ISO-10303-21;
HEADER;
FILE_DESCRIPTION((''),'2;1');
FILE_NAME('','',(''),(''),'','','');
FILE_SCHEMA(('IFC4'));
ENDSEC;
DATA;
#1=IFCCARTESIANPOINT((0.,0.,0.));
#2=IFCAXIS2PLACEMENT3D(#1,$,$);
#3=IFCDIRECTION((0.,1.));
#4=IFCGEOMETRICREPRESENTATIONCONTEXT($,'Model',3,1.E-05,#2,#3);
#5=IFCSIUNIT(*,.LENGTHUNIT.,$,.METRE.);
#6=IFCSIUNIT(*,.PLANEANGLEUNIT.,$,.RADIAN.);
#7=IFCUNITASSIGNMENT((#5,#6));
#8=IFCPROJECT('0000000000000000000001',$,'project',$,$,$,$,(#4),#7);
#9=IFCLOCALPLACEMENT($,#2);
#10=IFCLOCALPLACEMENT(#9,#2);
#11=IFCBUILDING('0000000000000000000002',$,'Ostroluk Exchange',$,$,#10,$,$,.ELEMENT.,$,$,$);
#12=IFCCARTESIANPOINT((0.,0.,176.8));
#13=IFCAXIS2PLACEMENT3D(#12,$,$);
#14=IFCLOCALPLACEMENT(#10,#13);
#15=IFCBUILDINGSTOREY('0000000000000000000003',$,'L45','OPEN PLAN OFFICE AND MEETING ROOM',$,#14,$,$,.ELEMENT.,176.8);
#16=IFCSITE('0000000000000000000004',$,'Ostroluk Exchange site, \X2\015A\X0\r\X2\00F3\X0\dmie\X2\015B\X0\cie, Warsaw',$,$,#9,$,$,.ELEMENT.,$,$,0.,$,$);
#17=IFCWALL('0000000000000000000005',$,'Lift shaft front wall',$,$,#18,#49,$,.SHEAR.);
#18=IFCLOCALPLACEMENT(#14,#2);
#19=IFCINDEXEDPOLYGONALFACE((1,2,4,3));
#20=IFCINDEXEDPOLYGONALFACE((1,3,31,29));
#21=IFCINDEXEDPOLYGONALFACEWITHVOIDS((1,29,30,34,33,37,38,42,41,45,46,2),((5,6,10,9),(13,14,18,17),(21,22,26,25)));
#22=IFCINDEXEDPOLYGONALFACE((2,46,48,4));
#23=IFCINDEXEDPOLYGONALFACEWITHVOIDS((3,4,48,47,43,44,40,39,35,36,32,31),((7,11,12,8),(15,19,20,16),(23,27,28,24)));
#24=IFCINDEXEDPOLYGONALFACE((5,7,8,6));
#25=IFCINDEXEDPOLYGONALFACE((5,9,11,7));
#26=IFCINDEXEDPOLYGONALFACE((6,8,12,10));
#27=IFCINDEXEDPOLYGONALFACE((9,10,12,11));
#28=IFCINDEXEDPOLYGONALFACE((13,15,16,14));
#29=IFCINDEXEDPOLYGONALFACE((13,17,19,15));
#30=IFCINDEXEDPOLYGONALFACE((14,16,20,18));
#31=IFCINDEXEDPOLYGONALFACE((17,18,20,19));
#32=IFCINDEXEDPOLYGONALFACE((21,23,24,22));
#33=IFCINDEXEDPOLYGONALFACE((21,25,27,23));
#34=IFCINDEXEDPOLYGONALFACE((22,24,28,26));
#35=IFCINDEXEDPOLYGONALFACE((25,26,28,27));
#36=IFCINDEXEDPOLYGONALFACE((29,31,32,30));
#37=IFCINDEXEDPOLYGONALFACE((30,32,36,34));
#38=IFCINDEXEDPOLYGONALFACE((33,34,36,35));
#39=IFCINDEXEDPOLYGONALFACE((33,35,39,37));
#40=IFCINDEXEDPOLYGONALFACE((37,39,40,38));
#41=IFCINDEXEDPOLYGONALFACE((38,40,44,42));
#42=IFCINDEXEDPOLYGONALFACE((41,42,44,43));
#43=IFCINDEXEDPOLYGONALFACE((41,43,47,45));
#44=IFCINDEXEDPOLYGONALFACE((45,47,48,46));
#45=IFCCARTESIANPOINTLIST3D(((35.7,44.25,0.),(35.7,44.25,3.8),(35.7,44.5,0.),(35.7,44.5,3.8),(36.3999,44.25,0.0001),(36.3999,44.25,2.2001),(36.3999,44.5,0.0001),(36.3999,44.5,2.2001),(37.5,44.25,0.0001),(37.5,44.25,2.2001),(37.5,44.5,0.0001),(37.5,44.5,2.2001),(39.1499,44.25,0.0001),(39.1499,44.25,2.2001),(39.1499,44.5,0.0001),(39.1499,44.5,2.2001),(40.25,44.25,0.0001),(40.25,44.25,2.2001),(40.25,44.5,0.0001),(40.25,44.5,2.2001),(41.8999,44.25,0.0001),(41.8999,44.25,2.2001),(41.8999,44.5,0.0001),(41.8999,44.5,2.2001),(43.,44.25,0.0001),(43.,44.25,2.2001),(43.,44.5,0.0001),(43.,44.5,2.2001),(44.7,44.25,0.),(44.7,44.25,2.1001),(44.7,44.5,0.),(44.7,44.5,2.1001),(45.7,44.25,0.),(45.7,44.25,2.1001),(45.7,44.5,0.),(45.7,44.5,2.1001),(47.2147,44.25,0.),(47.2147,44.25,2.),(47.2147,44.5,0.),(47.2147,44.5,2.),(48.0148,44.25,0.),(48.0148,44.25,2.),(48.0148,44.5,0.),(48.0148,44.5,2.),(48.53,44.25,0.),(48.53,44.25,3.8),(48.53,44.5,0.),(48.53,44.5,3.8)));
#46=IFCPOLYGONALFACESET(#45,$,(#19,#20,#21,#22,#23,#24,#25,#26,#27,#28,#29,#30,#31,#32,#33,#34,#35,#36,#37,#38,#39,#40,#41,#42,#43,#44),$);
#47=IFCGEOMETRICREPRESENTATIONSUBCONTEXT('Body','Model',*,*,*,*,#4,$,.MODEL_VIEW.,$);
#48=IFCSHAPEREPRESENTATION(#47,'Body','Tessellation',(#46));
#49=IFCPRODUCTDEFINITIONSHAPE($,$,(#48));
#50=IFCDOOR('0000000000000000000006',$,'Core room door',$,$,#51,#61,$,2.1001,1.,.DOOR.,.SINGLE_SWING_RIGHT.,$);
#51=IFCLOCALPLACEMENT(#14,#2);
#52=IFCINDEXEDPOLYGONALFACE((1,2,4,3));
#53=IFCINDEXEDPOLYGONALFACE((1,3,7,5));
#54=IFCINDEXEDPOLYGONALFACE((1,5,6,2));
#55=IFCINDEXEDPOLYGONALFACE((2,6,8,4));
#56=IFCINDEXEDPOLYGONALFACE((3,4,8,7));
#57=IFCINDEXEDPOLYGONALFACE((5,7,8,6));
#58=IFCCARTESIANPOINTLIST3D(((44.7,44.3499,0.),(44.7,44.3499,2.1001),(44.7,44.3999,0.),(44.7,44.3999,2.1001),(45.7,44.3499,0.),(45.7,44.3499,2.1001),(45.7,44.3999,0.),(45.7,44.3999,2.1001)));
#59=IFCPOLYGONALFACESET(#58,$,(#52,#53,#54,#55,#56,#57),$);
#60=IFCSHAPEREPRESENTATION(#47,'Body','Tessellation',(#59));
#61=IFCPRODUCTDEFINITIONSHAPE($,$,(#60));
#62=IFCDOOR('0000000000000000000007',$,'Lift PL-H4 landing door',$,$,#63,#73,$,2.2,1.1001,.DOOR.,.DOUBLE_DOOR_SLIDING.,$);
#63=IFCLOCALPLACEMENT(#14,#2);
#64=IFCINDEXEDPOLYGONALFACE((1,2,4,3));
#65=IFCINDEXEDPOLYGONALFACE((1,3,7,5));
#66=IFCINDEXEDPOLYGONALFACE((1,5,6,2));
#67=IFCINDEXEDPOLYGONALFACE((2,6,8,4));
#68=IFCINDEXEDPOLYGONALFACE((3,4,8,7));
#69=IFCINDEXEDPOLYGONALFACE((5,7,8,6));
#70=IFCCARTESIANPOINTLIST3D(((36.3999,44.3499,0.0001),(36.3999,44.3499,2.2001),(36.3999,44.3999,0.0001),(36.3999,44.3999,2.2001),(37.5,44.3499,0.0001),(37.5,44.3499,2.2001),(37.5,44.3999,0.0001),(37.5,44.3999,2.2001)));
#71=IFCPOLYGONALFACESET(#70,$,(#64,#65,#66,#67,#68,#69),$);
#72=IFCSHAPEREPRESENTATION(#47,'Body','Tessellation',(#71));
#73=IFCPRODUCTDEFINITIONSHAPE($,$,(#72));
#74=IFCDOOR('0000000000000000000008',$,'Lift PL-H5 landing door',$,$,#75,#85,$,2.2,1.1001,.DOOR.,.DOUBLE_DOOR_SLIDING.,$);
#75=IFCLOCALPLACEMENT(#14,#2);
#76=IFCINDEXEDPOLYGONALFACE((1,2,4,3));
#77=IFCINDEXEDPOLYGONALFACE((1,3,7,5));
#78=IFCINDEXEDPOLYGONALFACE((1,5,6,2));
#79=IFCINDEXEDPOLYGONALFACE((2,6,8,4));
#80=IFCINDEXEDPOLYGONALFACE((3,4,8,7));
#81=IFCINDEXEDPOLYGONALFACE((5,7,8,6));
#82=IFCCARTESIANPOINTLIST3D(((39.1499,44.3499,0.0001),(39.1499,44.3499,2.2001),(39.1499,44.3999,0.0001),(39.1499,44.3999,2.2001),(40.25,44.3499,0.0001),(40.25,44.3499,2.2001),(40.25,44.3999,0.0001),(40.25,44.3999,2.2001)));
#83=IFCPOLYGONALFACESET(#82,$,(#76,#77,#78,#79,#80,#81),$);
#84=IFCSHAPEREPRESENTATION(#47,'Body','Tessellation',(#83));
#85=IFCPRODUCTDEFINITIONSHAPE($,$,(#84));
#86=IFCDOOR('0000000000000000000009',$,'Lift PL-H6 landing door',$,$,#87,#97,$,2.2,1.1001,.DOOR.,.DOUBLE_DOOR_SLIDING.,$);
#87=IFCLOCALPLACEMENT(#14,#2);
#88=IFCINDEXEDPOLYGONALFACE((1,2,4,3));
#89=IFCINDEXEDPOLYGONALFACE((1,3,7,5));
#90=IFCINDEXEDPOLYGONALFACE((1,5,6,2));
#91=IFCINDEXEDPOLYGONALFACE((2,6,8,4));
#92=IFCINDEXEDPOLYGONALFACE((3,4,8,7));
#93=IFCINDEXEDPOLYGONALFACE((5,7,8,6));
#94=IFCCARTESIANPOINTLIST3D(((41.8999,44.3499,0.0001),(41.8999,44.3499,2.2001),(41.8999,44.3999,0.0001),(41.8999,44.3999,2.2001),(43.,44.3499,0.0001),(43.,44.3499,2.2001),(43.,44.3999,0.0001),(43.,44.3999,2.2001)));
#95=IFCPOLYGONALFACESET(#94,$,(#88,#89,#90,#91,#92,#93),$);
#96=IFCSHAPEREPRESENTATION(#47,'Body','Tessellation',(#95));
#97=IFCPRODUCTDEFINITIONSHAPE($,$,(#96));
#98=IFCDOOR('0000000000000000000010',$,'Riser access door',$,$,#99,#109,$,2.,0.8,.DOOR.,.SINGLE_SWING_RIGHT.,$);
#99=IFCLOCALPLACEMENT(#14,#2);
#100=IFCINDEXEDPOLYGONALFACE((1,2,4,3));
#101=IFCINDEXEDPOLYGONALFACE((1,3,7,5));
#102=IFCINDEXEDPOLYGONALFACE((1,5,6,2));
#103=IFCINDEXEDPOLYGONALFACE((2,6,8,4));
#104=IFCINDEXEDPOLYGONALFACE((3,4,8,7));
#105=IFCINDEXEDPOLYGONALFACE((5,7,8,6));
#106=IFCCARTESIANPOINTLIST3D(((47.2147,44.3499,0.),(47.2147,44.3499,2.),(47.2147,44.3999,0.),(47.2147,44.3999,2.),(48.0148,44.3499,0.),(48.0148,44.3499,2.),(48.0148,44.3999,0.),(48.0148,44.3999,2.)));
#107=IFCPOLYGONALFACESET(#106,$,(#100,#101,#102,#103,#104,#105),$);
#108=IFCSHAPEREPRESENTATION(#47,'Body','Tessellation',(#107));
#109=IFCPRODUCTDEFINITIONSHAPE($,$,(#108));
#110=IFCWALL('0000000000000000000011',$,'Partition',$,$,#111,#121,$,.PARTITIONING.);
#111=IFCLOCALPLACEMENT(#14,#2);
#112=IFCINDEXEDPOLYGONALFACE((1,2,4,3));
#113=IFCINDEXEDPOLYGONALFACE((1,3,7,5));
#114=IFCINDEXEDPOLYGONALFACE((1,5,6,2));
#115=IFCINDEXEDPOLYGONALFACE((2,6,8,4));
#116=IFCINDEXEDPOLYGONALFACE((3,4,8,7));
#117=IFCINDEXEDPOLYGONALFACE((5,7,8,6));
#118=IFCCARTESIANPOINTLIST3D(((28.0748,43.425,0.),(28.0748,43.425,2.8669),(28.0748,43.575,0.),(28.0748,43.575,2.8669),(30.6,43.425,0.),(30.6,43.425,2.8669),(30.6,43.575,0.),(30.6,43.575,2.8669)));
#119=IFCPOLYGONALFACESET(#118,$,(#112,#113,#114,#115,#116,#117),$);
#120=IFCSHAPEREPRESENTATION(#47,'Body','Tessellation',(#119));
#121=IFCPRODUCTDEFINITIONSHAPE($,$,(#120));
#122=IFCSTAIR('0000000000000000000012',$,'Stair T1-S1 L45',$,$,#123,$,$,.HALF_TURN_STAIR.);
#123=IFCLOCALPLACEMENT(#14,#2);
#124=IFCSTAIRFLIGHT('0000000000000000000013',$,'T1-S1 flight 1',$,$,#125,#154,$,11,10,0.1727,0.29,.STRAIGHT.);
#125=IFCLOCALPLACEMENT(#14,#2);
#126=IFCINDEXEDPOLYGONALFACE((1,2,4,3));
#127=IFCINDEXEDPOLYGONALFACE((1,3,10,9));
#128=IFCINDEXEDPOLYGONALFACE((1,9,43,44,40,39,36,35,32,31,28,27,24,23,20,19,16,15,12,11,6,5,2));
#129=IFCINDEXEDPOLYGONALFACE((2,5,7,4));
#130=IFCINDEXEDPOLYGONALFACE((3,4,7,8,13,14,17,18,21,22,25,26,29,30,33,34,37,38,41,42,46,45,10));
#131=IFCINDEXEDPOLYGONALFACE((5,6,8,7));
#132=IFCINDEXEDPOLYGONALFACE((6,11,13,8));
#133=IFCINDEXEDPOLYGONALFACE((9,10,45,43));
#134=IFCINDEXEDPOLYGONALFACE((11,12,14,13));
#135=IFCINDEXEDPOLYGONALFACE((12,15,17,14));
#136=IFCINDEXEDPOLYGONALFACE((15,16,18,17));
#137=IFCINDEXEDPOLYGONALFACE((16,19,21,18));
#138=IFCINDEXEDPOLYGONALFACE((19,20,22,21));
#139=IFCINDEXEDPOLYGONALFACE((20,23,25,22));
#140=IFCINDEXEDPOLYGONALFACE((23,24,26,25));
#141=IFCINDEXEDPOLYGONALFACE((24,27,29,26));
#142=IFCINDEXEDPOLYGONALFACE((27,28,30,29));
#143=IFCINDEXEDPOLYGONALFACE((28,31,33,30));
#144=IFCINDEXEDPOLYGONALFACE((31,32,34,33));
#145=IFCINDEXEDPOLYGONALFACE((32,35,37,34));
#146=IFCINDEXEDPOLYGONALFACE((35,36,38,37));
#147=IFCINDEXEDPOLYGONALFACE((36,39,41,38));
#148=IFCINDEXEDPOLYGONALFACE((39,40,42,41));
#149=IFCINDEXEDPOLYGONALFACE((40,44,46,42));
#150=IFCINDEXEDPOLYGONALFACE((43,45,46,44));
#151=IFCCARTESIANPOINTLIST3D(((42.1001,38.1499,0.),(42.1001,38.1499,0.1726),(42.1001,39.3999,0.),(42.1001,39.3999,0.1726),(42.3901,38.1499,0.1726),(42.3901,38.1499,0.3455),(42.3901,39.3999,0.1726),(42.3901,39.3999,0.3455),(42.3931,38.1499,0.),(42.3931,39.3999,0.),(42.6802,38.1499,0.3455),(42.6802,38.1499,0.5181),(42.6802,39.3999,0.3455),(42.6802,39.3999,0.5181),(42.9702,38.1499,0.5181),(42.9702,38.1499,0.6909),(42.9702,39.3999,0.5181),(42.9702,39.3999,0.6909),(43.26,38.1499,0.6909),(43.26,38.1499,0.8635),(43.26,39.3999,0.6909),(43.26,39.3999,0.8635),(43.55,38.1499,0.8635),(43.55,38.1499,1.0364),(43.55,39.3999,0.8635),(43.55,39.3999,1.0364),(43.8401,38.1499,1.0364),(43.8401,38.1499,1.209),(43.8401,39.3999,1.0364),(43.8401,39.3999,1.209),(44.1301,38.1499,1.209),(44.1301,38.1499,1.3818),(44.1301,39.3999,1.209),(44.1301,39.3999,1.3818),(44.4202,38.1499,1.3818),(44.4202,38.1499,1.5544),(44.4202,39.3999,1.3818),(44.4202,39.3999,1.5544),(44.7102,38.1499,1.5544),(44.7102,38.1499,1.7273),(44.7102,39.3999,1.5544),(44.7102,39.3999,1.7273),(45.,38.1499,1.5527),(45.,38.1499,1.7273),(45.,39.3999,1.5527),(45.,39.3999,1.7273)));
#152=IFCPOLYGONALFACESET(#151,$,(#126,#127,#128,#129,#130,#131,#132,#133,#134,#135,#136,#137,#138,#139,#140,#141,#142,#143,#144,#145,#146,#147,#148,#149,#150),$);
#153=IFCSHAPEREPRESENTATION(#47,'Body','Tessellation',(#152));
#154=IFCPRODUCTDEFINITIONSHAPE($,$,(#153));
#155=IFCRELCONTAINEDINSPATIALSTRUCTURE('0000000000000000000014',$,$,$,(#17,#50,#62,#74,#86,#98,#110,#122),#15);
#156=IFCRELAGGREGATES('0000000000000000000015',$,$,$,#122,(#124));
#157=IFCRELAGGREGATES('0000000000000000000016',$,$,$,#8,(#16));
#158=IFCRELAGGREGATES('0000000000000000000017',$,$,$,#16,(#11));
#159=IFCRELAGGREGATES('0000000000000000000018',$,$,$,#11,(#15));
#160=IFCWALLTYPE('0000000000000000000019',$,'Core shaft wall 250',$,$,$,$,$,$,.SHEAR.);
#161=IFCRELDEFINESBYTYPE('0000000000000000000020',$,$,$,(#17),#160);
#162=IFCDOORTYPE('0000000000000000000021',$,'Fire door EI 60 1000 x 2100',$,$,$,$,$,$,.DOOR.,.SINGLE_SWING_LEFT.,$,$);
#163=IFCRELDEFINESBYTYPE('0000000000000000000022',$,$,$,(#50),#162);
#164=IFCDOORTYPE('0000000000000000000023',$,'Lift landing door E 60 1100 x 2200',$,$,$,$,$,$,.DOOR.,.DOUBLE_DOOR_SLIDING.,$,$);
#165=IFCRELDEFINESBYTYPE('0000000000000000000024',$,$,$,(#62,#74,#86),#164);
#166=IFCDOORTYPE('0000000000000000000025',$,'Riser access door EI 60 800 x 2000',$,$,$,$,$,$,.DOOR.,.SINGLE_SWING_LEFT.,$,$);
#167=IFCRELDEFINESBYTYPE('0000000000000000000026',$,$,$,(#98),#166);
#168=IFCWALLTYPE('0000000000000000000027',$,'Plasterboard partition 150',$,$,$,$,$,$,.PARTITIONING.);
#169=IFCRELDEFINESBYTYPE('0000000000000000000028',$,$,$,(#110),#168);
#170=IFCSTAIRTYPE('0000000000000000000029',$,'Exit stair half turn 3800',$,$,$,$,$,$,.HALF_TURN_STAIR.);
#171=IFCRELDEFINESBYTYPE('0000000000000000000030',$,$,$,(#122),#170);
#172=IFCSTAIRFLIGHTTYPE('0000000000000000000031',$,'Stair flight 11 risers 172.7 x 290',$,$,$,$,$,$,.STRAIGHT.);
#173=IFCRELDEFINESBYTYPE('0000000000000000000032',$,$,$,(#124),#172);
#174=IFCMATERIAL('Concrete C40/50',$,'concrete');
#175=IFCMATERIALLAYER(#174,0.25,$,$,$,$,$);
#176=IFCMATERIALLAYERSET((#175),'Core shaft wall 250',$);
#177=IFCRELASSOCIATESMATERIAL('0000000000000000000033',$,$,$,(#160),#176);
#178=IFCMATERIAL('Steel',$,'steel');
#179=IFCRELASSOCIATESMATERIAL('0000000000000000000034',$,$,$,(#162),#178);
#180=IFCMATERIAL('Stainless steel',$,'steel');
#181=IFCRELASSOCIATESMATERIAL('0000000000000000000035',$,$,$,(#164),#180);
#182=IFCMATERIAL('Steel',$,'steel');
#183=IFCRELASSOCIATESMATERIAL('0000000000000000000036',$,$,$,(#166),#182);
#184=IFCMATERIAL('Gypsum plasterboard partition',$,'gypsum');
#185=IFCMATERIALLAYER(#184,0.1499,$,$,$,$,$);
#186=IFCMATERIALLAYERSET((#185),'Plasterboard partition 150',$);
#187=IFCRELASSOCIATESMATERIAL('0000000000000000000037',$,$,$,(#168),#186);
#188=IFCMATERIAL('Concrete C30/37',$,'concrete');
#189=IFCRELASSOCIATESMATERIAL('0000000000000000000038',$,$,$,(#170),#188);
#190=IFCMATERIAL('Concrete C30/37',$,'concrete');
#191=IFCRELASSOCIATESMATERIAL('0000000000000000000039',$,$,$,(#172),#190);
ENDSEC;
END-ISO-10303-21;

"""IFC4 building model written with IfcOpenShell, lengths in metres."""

from ifc_helpers import new_model, si_unit, direction, frame, frame_2d, origin, place, context, subcontext, project, spatial, polyline, rectangle, outline, extrude, material, layer, layer_set, type_object, element, fill, aggregate, save


model = new_model("IFC4")

# Units and contexts
model_context = context("Model", 3, precision=1e-05, world=origin(), true_north=direction((0.0, 1.0)))
body_context = subcontext(model_context, "Body", "Model", "MODEL_VIEW")
ifc_project = project(units=[si_unit("LENGTHUNIT", "METRE"), si_unit("PLANEANGLEUNIT", "RADIAN")], contexts=[model_context])

# Site, building, storey
site_placement = place(None, origin())
site = spatial("IfcSite", under=ifc_project, at=site_placement, Name="Ostroluk Exchange site, Śródmieście, Warsaw", CompositionType="ELEMENT", RefElevation=0.0)
building_placement = place(site_placement, origin())
building = spatial("IfcBuilding", under=site, at=building_placement, Name="Ostroluk Exchange", CompositionType="ELEMENT")
storey_placement = place(building_placement, frame((0.0, 0.0, 176.8)))
storey = spatial("IfcBuildingStorey", under=building, at=storey_placement, Name="L45", Description="OPEN PLAN OFFICE AND MEETING ROOM", CompositionType="ELEMENT", Elevation=176.8)

# Shared definitions
ifc_material_1 = material(Name="Concrete C40/50", Category="concrete")
ifc_layer_1 = layer(ifc_material_1, 0.25)
ifc_layer_set_1 = layer_set([ifc_layer_1], Name="Core shaft wall 250")
wall_type_1 = type_object("IfcWallType", Name="Core shaft wall 250", PredefinedType="SHEAR", material=ifc_layer_set_1)

# Wall, openings, doors
wall_1_placement = place(storey_placement, frame((35.7, 44.375, 0.0), z_axis=(0.0, 0.0, 1.0), x_axis=(1.0, 0.0, 0.0)))
wall_1 = element("IfcWall", 1, at=wall_1_placement, inside=storey, type_object=wall_type_1, Name="Lift shaft front wall", PredefinedType="SHEAR", context=body_context, shape_type="SweptSolid", body=[
    extrude(rectangle(XDim=12.8301, YDim=0.25, at=frame_2d((6.415, 0.0))), origin(), (0.0, 0.0, 1.0), 3.8),
])
opening_1_placement = place(wall_1_placement, frame((0.7, 0.0, 0.0)))
opening_1 = element("IfcOpeningElement", 2, at=opening_1_placement, cuts=wall_1, PredefinedType="OPENING", context=body_context, shape_type="SweptSolid", body=[
    extrude(rectangle(XDim=1.1001, YDim=2.2, at=frame_2d((0.55, 1.1001))), frame((0.0, 0.135, 0.0), z_axis=(0.0, -1.0, 0.0), x_axis=(1.0, 0.0, 0.0)), (0.0, 0.0, 1.0), 0.27),
])
opening_2_placement = place(wall_1_placement, frame((3.45, 0.0, 0.0)))
opening_2 = element("IfcOpeningElement", 3, at=opening_2_placement, cuts=wall_1, PredefinedType="OPENING", context=body_context, shape_type="SweptSolid", body=[
    extrude(rectangle(XDim=1.1001, YDim=2.2, at=frame_2d((0.55, 1.1001))), frame((0.0, 0.135, 0.0), z_axis=(0.0, -1.0, 0.0), x_axis=(1.0, 0.0, 0.0)), (0.0, 0.0, 1.0), 0.27),
])
opening_3_placement = place(wall_1_placement, frame((6.2, 0.0, 0.0)))
opening_3 = element("IfcOpeningElement", 4, at=opening_3_placement, cuts=wall_1, PredefinedType="OPENING", context=body_context, shape_type="SweptSolid", body=[
    extrude(rectangle(XDim=1.1001, YDim=2.2, at=frame_2d((0.55, 1.1001))), frame((0.0, 0.135, 0.0), z_axis=(0.0, -1.0, 0.0), x_axis=(1.0, 0.0, 0.0)), (0.0, 0.0, 1.0), 0.27),
])
opening_4_placement = place(wall_1_placement, frame((9.0, 0.0, 0.0)))
opening_4 = element("IfcOpeningElement", 5, at=opening_4_placement, cuts=wall_1, PredefinedType="OPENING", context=body_context, shape_type="SweptSolid", body=[
    extrude(rectangle(XDim=1.0, YDim=2.1001, at=frame_2d((0.5, 1.05))), frame((0.0, 0.135, 0.0), z_axis=(0.0, -1.0, 0.0), x_axis=(1.0, 0.0, 0.0)), (0.0, 0.0, 1.0), 0.27),
])
opening_5_placement = place(wall_1_placement, frame((11.5149, 0.0, 0.0)))
opening_5 = element("IfcOpeningElement", 6, at=opening_5_placement, cuts=wall_1, PredefinedType="OPENING", context=body_context, shape_type="SweptSolid", body=[
    extrude(rectangle(XDim=0.8, YDim=2.0, at=frame_2d((0.3999, 1.0))), frame((0.0, 0.135, 0.0), z_axis=(0.0, -1.0, 0.0), x_axis=(1.0, 0.0, 0.0)), (0.0, 0.0, 1.0), 0.27),
])
ifc_material_2 = material(Name="Steel", Category="steel")
door_type_1 = type_object("IfcDoorType", Name="Fire door EI 60 1000 x 2100", OperationType="SINGLE_SWING_LEFT", PredefinedType="DOOR", material=ifc_material_2)
door_1_placement = place(opening_4_placement, origin())
door_1 = element("IfcDoor", 7, at=door_1_placement, inside=storey, type_object=door_type_1, Name="Core room door", OperationType="SINGLE_SWING_RIGHT", OverallHeight=2.1001, OverallWidth=1.0, PredefinedType="DOOR", context=body_context, shape_type="SweptSolid", body=[
    extrude(rectangle(XDim=1.0, YDim=2.1001, at=frame_2d((0.5, 1.05))), frame((0.0, 0.0249, 0.0), z_axis=(0.0, -1.0, 0.0), x_axis=(1.0, 0.0, 0.0)), (0.0, 0.0, 1.0), 0.05),
])
fill(opening_4, door_1)
ifc_material_3 = material(Name="Stainless steel", Category="steel")
door_type_2 = type_object("IfcDoorType", Name="Lift landing door E 60 1100 x 2200", OperationType="DOUBLE_DOOR_SLIDING", PredefinedType="DOOR", material=ifc_material_3)
door_2_placement = place(opening_1_placement, origin())
door_2 = element("IfcDoor", 8, at=door_2_placement, inside=storey, type_object=door_type_2, Name="Lift PL-H4 landing door", OperationType="DOUBLE_DOOR_SLIDING", OverallHeight=2.2, OverallWidth=1.1001, PredefinedType="DOOR", context=body_context, shape_type="SweptSolid", body=[
    extrude(rectangle(XDim=1.1001, YDim=2.2, at=frame_2d((0.55, 1.1001))), frame((0.0, 0.0249, 0.0), z_axis=(0.0, -1.0, 0.0), x_axis=(1.0, 0.0, 0.0)), (0.0, 0.0, 1.0), 0.05),
])
fill(opening_1, door_2)
door_3_placement = place(opening_2_placement, origin())
door_3 = element("IfcDoor", 9, at=door_3_placement, inside=storey, type_object=door_type_2, Name="Lift PL-H5 landing door", OperationType="DOUBLE_DOOR_SLIDING", OverallHeight=2.2, OverallWidth=1.1001, PredefinedType="DOOR", context=body_context, shape_type="SweptSolid", body=[
    extrude(rectangle(XDim=1.1001, YDim=2.2, at=frame_2d((0.55, 1.1001))), frame((0.0, 0.0249, 0.0), z_axis=(0.0, -1.0, 0.0), x_axis=(1.0, 0.0, 0.0)), (0.0, 0.0, 1.0), 0.05),
])
fill(opening_2, door_3)
door_4_placement = place(opening_3_placement, origin())
door_4 = element("IfcDoor", 10, at=door_4_placement, inside=storey, type_object=door_type_2, Name="Lift PL-H6 landing door", OperationType="DOUBLE_DOOR_SLIDING", OverallHeight=2.2, OverallWidth=1.1001, PredefinedType="DOOR", context=body_context, shape_type="SweptSolid", body=[
    extrude(rectangle(XDim=1.1001, YDim=2.2, at=frame_2d((0.55, 1.1001))), frame((0.0, 0.0249, 0.0), z_axis=(0.0, -1.0, 0.0), x_axis=(1.0, 0.0, 0.0)), (0.0, 0.0, 1.0), 0.05),
])
fill(opening_3, door_4)
ifc_material_4 = material(Name="Steel", Category="steel")
door_type_3 = type_object("IfcDoorType", Name="Riser access door EI 60 800 x 2000", OperationType="SINGLE_SWING_LEFT", PredefinedType="DOOR", material=ifc_material_4)
door_5_placement = place(opening_5_placement, origin())
door_5 = element("IfcDoor", 11, at=door_5_placement, inside=storey, type_object=door_type_3, Name="Riser access door", OperationType="SINGLE_SWING_RIGHT", OverallHeight=2.0, OverallWidth=0.8, PredefinedType="DOOR", context=body_context, shape_type="SweptSolid", body=[
    extrude(rectangle(XDim=0.8, YDim=2.0, at=frame_2d((0.3999, 1.0))), frame((0.0, 0.0249, 0.0), z_axis=(0.0, -1.0, 0.0), x_axis=(1.0, 0.0, 0.0)), (0.0, 0.0, 1.0), 0.05),
])
fill(opening_5, door_5)

# Wall
ifc_material_5 = material(Name="Gypsum plasterboard partition", Category="gypsum")
ifc_layer_2 = layer(ifc_material_5, 0.1499)
ifc_layer_set_2 = layer_set([ifc_layer_2], Name="Plasterboard partition 150")
wall_type_2 = type_object("IfcWallType", Name="Plasterboard partition 150", PredefinedType="PARTITIONING", material=ifc_layer_set_2)
wall_2_placement = place(storey_placement, frame((30.6001, 43.5, 0.0), z_axis=(0.0, 0.0, 1.0), x_axis=(-1.0, 0.0, 0.0)))
element("IfcWall", 12, at=wall_2_placement, inside=storey, type_object=wall_type_2, Name="Partition", PredefinedType="PARTITIONING", context=body_context, shape_type="SweptSolid", body=[
    extrude(rectangle(XDim=2.5251, YDim=0.1499, at=frame_2d((1.2627, 0.0))), origin(), (0.0, 0.0, 1.0), 2.8669),
])

# Stair, stair flight
ifc_material_6 = material(Name="Concrete C30/37", Category="concrete")
stair_type = type_object("IfcStairType", Name="Exit stair half turn 3800", PredefinedType="HALF_TURN_STAIR", material=ifc_material_6)
stair_placement = place(storey_placement, origin())
stair = element("IfcStair", 13, at=stair_placement, inside=storey, type_object=stair_type, Name="Stair T1-S1 L45", PredefinedType="HALF_TURN_STAIR")
ifc_material_7 = material(Name="Concrete C30/37", Category="concrete")
stair_flight_type = type_object("IfcStairFlightType", Name="Stair flight 11 risers 172.7 x 290", PredefinedType="STRAIGHT", material=ifc_material_7)
stair_flight_placement = place(storey_placement, frame((42.1001, 38.7749, 0.0), z_axis=(0.0, 0.0, 1.0), x_axis=(1.0, 0.0, 0.0)))
stair_flight = element("IfcStairFlight", 14, at=stair_flight_placement, type_object=stair_flight_type, Name="T1-S1 flight 1", NumberOfRisers=11, NumberOfTreads=10, PredefinedType="STRAIGHT", RiserHeight=0.1727, TreadLength=0.29, context=body_context, shape_type="SweptSolid", body=[
    extrude(outline(polyline([(0.0, 0.0), (0.0, 0.1726), (0.29, 0.1726), (0.29, 0.3455), (0.5801, 0.3455), (0.5801, 0.5181), (0.8701, 0.5181), (0.8701, 0.6909), (1.1599, 0.6909), (1.1599, 0.8635), (1.45, 0.8635), (1.45, 1.0364), (1.74, 1.0364), (1.74, 1.209), (2.03, 1.209), (2.03, 1.3818), (2.3201, 1.3818), (2.3201, 1.5544), (2.6101, 1.5544), (2.6101, 1.7273), (2.8999, 1.7273), (2.8999, 1.8999), (2.8999, 1.5527), (0.293, 0.0), (0.0, 0.0)])), frame((0.0, 0.625, 0.0), z_axis=(0.0, -1.0, 0.0), x_axis=(1.0, 0.0, 0.0)), (0.0, 0.0, 1.0), 1.25),
])
aggregate(stair, [stair_flight])

save(model, "model.ifc")
